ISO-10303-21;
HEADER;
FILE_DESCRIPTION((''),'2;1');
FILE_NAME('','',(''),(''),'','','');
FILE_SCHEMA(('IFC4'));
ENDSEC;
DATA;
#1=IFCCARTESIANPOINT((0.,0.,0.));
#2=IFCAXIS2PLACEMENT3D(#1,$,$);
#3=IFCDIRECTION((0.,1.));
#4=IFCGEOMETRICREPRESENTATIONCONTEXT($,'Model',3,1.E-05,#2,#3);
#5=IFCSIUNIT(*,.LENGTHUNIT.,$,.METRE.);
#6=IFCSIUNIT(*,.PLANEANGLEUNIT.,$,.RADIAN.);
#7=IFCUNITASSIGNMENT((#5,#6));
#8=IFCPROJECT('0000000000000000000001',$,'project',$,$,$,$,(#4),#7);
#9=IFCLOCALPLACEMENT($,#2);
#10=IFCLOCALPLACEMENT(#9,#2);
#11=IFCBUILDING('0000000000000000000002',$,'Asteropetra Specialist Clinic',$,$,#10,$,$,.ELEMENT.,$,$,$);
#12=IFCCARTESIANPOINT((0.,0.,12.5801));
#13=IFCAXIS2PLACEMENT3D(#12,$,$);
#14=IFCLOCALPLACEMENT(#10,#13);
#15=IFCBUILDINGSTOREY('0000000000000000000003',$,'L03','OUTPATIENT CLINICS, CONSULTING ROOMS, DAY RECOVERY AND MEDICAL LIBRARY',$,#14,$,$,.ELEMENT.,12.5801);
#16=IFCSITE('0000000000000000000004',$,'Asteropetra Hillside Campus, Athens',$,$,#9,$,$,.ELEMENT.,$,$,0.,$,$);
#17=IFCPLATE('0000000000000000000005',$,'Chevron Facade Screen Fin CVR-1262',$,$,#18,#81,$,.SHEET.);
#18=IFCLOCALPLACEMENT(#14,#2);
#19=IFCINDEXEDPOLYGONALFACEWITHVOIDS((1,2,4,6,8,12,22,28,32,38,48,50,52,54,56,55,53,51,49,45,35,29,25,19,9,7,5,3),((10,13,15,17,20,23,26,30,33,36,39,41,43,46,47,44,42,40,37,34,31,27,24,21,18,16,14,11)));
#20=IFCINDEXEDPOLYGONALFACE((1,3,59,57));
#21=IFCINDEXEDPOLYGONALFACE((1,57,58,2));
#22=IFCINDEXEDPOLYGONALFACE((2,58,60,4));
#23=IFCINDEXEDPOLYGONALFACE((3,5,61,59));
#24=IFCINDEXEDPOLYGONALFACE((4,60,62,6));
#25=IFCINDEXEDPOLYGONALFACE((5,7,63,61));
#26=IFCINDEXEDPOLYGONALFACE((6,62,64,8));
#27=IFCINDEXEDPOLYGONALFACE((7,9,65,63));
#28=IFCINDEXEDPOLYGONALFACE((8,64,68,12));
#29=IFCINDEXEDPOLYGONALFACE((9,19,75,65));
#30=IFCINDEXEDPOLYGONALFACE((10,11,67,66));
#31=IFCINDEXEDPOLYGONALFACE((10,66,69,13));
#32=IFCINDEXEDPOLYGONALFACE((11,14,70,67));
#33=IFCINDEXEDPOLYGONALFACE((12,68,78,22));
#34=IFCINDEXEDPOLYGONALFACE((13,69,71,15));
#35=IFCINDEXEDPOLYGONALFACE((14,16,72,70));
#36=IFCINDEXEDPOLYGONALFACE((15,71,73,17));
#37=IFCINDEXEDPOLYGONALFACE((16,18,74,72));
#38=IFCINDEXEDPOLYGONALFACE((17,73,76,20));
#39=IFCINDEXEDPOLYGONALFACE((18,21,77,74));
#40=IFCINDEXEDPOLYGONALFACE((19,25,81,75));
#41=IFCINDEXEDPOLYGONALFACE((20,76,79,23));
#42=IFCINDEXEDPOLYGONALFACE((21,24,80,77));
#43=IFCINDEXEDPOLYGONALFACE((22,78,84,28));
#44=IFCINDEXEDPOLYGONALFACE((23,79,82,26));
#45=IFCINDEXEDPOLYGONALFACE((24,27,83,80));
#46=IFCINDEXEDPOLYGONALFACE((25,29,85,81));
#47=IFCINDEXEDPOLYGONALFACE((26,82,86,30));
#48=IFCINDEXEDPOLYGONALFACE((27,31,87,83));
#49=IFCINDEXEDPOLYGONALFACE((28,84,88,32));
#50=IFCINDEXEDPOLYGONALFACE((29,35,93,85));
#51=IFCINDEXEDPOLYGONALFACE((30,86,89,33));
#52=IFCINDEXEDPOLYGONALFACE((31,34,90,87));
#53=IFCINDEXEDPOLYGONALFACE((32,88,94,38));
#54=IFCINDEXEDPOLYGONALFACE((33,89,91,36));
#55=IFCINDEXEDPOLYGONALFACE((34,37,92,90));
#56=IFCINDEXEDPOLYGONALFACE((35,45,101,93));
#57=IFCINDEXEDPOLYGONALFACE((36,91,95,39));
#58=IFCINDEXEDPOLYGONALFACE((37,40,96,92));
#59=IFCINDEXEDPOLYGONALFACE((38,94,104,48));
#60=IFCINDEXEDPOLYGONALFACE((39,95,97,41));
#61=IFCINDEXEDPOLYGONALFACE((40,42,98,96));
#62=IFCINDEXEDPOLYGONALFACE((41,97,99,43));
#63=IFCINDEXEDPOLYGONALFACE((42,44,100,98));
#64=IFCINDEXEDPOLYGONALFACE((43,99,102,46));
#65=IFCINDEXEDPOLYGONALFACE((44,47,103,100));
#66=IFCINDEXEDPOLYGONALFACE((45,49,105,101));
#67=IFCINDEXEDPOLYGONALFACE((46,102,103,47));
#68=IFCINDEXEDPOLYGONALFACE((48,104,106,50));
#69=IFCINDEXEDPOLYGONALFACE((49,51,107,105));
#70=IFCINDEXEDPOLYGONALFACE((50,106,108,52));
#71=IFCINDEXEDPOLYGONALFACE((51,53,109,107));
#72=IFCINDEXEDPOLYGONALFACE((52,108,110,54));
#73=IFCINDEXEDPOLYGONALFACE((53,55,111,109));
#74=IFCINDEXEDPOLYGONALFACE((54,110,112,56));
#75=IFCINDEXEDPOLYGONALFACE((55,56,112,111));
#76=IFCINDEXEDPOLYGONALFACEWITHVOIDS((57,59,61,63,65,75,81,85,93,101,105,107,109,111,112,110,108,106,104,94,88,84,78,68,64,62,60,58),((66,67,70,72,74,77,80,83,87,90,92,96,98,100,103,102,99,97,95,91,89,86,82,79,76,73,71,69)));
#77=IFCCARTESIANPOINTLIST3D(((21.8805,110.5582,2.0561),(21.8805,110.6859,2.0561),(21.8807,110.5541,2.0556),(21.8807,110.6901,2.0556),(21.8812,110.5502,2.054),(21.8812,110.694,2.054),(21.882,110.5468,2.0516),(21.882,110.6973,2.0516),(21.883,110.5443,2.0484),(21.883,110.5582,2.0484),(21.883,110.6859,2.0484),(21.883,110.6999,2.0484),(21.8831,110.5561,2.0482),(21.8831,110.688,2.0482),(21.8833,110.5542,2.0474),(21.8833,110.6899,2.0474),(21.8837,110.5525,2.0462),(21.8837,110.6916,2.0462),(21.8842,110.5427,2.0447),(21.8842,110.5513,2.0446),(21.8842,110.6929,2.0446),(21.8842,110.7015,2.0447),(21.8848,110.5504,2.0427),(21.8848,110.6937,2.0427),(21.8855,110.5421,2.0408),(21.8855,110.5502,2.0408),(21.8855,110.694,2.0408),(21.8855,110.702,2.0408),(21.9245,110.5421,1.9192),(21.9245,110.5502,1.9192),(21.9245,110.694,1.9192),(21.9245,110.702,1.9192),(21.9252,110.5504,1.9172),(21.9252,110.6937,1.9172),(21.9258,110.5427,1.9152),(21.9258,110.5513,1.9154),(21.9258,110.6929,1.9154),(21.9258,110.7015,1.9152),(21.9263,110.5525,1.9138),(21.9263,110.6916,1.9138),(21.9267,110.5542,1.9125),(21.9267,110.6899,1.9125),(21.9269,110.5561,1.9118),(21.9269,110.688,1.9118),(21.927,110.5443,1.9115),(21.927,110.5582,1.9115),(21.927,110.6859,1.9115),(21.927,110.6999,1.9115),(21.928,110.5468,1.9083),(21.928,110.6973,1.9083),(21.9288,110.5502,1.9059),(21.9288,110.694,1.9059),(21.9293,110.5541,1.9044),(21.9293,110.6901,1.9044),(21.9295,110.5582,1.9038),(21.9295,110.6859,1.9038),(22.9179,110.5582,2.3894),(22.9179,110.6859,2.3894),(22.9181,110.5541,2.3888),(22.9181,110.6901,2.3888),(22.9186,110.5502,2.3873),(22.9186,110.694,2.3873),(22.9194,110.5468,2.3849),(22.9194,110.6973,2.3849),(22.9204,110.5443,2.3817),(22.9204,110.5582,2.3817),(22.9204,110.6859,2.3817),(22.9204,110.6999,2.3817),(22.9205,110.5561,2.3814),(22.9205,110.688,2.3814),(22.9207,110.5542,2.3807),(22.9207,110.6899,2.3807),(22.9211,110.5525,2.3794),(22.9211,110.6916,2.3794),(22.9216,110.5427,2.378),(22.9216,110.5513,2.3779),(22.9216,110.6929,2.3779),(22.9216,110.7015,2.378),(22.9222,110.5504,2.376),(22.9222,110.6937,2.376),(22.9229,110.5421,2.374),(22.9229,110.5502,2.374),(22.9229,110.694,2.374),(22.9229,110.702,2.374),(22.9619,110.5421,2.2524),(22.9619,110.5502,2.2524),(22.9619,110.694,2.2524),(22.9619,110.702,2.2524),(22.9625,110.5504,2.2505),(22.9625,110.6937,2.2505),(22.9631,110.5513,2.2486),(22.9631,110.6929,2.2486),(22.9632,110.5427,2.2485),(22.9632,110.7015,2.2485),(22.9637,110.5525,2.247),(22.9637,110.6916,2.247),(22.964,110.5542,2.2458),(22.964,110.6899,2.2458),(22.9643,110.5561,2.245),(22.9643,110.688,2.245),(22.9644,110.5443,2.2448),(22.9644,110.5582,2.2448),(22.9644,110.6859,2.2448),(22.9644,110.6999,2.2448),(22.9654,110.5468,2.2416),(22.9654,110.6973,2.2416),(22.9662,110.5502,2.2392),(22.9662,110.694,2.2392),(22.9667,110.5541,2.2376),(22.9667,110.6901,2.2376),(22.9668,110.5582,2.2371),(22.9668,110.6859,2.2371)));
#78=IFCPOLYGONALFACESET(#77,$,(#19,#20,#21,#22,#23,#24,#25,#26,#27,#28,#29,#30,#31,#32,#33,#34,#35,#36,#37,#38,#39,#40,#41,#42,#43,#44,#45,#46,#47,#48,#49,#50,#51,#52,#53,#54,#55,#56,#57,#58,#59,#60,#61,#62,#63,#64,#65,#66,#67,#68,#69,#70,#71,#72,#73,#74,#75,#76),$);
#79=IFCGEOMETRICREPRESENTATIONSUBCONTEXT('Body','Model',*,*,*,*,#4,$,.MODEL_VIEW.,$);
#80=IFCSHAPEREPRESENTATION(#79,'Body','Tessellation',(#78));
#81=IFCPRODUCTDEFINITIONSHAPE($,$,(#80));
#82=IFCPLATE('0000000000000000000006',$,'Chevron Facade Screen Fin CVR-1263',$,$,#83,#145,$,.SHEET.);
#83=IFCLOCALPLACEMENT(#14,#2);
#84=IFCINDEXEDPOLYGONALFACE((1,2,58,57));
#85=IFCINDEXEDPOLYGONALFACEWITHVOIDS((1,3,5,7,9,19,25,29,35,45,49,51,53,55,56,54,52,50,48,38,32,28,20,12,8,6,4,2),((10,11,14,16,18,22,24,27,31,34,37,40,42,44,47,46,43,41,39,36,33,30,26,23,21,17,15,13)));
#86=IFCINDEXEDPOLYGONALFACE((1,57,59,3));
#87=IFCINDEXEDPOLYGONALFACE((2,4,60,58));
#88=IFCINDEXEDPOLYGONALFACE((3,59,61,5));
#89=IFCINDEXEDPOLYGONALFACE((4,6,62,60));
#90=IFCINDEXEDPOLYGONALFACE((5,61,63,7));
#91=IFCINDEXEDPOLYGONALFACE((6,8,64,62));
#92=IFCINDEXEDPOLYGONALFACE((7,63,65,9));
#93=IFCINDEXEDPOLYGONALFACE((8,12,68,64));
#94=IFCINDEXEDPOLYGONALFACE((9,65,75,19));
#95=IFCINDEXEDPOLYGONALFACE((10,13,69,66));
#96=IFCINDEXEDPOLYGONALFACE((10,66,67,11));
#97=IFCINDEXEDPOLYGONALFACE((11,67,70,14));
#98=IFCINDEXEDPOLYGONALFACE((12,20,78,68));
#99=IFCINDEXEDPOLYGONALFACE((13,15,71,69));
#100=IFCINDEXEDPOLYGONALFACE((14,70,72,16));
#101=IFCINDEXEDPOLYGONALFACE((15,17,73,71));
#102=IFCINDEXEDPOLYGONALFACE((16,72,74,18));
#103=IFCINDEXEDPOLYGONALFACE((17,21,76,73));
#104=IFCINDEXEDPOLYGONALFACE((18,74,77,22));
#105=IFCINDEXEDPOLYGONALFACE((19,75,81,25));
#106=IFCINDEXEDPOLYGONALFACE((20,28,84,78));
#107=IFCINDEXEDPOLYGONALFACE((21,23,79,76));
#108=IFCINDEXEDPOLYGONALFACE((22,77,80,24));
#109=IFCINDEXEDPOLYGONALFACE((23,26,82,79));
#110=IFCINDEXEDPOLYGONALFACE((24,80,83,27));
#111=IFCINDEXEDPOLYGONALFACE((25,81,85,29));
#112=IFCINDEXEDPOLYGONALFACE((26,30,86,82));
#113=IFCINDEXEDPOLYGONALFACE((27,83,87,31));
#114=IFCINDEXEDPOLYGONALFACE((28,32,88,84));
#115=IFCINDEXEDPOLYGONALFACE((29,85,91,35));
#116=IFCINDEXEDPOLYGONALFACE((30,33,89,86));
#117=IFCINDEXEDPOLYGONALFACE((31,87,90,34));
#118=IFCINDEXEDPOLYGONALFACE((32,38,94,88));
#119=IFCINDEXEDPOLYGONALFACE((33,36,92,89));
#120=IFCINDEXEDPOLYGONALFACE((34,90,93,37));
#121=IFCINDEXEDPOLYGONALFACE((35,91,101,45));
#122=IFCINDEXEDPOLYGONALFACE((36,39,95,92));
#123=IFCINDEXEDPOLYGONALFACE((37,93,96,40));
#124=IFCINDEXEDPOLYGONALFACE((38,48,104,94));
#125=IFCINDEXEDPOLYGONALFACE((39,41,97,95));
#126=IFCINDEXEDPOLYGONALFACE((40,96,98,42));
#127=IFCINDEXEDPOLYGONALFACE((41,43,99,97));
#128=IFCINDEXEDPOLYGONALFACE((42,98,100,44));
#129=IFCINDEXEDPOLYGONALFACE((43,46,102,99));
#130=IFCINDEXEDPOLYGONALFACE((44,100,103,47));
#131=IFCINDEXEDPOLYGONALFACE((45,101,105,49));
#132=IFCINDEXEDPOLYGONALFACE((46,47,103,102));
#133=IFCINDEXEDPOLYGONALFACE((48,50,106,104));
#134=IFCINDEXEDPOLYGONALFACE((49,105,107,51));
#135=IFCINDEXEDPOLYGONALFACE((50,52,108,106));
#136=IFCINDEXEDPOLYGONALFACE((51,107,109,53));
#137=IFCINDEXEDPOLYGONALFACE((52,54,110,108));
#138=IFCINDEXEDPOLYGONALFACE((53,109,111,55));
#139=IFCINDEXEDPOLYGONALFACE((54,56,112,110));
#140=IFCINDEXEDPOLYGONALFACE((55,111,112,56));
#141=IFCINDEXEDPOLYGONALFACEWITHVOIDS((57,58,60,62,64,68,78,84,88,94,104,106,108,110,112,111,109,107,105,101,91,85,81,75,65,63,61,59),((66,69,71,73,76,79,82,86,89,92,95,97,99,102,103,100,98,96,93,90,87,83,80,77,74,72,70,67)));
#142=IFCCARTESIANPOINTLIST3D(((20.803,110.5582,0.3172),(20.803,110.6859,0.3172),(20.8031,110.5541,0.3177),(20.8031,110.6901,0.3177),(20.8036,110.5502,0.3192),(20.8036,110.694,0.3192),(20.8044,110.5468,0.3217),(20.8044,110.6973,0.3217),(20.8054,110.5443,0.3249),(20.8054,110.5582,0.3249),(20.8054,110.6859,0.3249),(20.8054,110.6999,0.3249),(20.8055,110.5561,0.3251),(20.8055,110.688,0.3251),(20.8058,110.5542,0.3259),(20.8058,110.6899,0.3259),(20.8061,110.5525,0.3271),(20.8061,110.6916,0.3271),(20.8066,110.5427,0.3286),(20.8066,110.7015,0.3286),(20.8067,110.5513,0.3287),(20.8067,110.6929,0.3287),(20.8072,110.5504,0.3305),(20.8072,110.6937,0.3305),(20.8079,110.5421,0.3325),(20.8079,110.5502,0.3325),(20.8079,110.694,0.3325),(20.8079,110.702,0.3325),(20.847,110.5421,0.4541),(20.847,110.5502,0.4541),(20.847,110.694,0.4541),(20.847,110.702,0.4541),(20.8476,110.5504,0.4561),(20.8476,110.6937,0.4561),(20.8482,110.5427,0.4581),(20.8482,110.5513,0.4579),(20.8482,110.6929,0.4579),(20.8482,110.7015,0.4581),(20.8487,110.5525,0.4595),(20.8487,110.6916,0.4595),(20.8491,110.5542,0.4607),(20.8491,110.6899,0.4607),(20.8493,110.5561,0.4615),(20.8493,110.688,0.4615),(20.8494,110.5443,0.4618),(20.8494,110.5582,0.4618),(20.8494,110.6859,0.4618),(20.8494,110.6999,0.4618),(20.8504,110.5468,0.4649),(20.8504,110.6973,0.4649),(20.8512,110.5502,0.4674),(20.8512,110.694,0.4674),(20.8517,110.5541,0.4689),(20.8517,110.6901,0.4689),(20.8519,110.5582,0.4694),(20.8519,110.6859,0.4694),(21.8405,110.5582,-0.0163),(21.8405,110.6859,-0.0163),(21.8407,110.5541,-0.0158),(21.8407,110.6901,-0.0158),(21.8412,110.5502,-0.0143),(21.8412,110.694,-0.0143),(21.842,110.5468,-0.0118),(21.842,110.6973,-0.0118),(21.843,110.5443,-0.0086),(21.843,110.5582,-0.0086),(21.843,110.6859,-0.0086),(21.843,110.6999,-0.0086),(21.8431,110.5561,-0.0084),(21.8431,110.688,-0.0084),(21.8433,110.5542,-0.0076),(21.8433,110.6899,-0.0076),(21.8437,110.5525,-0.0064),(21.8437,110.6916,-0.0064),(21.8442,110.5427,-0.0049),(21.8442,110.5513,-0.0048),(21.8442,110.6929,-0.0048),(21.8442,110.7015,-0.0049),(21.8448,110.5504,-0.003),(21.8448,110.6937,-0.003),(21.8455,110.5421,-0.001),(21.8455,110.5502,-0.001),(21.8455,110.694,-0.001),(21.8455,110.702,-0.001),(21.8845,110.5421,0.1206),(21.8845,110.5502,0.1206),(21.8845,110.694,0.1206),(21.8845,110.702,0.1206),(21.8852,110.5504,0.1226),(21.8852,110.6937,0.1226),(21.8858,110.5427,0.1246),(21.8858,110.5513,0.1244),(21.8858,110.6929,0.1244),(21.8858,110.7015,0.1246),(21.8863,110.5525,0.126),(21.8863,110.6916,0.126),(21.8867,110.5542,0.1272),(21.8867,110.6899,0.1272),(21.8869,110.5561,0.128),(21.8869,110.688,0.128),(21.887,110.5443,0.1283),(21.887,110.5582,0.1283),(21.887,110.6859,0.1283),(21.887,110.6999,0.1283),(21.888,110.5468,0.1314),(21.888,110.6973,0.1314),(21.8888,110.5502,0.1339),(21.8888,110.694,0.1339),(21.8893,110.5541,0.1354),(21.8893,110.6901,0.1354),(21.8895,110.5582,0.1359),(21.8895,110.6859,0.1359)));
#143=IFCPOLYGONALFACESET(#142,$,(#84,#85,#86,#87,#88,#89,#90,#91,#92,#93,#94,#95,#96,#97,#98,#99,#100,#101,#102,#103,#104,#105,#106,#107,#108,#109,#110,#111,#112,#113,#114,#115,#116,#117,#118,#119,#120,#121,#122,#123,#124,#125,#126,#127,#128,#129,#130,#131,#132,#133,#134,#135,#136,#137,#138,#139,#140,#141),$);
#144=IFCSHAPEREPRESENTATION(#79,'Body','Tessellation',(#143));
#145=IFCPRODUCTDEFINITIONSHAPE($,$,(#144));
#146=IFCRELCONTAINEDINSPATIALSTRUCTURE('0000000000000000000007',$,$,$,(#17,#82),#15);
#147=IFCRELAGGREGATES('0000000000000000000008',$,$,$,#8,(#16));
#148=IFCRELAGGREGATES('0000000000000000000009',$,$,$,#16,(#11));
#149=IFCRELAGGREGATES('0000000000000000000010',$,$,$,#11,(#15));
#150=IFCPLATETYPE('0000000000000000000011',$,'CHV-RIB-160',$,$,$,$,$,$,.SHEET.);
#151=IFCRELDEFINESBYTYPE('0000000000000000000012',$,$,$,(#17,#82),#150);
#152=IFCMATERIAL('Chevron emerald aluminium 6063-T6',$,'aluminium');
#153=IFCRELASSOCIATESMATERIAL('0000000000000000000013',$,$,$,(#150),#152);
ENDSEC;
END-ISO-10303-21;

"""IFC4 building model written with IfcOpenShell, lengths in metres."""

from ifc_helpers import new_model, si_unit, direction, frame, origin, origin_2d, place, context, subcontext, project, spatial, hollow_rectangle, extrude, material, material_profile, profile_set, type_object, element, save


model = new_model("IFC4")

# Units and contexts
model_context = context("Model", 3, precision=1e-05, world=origin(), true_north=direction((0.0, 1.0)))
body_context = subcontext(model_context, "Body", "Model", "MODEL_VIEW")
ifc_project = project(units=[si_unit("LENGTHUNIT", "METRE"), si_unit("PLANEANGLEUNIT", "RADIAN")], contexts=[model_context])

# Site, building, storey
site_placement = place(None, origin())
site = spatial("IfcSite", under=ifc_project, at=site_placement, Name="Asteropetra Hillside Campus, Athens", CompositionType="ELEMENT", RefElevation=0.0)
building_placement = place(site_placement, origin())
building = spatial("IfcBuilding", under=site, at=building_placement, Name="Asteropetra Specialist Clinic", CompositionType="ELEMENT")
storey_placement = place(building_placement, frame((0.0, 0.0, 12.5801)))
storey = spatial("IfcBuildingStorey", under=building, at=storey_placement, Name="L03", Description="OUTPATIENT CLINICS, CONSULTING ROOMS, DAY RECOVERY AND MEDICAL LIBRARY", CompositionType="ELEMENT", Elevation=12.5801)

# Plates
ifc_material_1 = material(Name="Chevron emerald aluminium 6063-T6", Category="aluminium")
ifc_material_profile_1 = material_profile(ifc_material_1, hollow_rectangle(XDim=0.1599, YDim=0.1599, WallThickness=0.0081, InnerFilletRadius=0.0081, OuterFilletRadius=0.0161, at=origin_2d()), Name="SHS 160x160x8.0")
ifc_profile_set_1 = profile_set([ifc_material_profile_1], Name="Chevron emerald aluminium 6063-T6")
plate_type_1 = type_object("IfcPlateType", Name="CHV-RIB-160", PredefinedType="SHEET", material=ifc_profile_set_1)
for number, where, z_axis, x_axis, name in (
    (1, (22.9424, 110.6221, 2.3132), (-0.952078, 0.0, -0.305857), (0.0, -1.0, 0.0), "Chevron Facade Screen Fin CVR-1262"),
):
    element("IfcPlate", number, at=place(storey_placement, frame(where, z_axis=z_axis, x_axis=x_axis)), inside=storey, type_object=plate_type_1, Name=name, PredefinedType="SHEET", context=body_context, shape_type="SweptSolid", body=[
        extrude(hollow_rectangle(XDim=0.1599, YDim=0.1599, WallThickness=0.0081, InnerFilletRadius=0.0081, OuterFilletRadius=0.0161, at=origin_2d()), origin(), (0.0, 0.0, 1.0), 1.0896),
    ])
plate_1_placement = place(storey_placement, frame((21.865, 110.6221, 0.0598), z_axis=(-0.952033, 0.0, 0.305995), x_axis=(0.0, -1.0, 0.0)))
element("IfcPlate", 2, at=plate_1_placement, inside=storey, type_object=plate_type_1, Name="Chevron Facade Screen Fin CVR-1263", PredefinedType="SHEET", context=body_context, shape_type="SweptSolid", body=[
    extrude(hollow_rectangle(XDim=0.1599, YDim=0.1599, WallThickness=0.0081, InnerFilletRadius=0.0081, OuterFilletRadius=0.0161, at=origin_2d()), origin(), (0.0, 0.0, 1.0), 1.0898),
])

save(model, "model.ifc")
